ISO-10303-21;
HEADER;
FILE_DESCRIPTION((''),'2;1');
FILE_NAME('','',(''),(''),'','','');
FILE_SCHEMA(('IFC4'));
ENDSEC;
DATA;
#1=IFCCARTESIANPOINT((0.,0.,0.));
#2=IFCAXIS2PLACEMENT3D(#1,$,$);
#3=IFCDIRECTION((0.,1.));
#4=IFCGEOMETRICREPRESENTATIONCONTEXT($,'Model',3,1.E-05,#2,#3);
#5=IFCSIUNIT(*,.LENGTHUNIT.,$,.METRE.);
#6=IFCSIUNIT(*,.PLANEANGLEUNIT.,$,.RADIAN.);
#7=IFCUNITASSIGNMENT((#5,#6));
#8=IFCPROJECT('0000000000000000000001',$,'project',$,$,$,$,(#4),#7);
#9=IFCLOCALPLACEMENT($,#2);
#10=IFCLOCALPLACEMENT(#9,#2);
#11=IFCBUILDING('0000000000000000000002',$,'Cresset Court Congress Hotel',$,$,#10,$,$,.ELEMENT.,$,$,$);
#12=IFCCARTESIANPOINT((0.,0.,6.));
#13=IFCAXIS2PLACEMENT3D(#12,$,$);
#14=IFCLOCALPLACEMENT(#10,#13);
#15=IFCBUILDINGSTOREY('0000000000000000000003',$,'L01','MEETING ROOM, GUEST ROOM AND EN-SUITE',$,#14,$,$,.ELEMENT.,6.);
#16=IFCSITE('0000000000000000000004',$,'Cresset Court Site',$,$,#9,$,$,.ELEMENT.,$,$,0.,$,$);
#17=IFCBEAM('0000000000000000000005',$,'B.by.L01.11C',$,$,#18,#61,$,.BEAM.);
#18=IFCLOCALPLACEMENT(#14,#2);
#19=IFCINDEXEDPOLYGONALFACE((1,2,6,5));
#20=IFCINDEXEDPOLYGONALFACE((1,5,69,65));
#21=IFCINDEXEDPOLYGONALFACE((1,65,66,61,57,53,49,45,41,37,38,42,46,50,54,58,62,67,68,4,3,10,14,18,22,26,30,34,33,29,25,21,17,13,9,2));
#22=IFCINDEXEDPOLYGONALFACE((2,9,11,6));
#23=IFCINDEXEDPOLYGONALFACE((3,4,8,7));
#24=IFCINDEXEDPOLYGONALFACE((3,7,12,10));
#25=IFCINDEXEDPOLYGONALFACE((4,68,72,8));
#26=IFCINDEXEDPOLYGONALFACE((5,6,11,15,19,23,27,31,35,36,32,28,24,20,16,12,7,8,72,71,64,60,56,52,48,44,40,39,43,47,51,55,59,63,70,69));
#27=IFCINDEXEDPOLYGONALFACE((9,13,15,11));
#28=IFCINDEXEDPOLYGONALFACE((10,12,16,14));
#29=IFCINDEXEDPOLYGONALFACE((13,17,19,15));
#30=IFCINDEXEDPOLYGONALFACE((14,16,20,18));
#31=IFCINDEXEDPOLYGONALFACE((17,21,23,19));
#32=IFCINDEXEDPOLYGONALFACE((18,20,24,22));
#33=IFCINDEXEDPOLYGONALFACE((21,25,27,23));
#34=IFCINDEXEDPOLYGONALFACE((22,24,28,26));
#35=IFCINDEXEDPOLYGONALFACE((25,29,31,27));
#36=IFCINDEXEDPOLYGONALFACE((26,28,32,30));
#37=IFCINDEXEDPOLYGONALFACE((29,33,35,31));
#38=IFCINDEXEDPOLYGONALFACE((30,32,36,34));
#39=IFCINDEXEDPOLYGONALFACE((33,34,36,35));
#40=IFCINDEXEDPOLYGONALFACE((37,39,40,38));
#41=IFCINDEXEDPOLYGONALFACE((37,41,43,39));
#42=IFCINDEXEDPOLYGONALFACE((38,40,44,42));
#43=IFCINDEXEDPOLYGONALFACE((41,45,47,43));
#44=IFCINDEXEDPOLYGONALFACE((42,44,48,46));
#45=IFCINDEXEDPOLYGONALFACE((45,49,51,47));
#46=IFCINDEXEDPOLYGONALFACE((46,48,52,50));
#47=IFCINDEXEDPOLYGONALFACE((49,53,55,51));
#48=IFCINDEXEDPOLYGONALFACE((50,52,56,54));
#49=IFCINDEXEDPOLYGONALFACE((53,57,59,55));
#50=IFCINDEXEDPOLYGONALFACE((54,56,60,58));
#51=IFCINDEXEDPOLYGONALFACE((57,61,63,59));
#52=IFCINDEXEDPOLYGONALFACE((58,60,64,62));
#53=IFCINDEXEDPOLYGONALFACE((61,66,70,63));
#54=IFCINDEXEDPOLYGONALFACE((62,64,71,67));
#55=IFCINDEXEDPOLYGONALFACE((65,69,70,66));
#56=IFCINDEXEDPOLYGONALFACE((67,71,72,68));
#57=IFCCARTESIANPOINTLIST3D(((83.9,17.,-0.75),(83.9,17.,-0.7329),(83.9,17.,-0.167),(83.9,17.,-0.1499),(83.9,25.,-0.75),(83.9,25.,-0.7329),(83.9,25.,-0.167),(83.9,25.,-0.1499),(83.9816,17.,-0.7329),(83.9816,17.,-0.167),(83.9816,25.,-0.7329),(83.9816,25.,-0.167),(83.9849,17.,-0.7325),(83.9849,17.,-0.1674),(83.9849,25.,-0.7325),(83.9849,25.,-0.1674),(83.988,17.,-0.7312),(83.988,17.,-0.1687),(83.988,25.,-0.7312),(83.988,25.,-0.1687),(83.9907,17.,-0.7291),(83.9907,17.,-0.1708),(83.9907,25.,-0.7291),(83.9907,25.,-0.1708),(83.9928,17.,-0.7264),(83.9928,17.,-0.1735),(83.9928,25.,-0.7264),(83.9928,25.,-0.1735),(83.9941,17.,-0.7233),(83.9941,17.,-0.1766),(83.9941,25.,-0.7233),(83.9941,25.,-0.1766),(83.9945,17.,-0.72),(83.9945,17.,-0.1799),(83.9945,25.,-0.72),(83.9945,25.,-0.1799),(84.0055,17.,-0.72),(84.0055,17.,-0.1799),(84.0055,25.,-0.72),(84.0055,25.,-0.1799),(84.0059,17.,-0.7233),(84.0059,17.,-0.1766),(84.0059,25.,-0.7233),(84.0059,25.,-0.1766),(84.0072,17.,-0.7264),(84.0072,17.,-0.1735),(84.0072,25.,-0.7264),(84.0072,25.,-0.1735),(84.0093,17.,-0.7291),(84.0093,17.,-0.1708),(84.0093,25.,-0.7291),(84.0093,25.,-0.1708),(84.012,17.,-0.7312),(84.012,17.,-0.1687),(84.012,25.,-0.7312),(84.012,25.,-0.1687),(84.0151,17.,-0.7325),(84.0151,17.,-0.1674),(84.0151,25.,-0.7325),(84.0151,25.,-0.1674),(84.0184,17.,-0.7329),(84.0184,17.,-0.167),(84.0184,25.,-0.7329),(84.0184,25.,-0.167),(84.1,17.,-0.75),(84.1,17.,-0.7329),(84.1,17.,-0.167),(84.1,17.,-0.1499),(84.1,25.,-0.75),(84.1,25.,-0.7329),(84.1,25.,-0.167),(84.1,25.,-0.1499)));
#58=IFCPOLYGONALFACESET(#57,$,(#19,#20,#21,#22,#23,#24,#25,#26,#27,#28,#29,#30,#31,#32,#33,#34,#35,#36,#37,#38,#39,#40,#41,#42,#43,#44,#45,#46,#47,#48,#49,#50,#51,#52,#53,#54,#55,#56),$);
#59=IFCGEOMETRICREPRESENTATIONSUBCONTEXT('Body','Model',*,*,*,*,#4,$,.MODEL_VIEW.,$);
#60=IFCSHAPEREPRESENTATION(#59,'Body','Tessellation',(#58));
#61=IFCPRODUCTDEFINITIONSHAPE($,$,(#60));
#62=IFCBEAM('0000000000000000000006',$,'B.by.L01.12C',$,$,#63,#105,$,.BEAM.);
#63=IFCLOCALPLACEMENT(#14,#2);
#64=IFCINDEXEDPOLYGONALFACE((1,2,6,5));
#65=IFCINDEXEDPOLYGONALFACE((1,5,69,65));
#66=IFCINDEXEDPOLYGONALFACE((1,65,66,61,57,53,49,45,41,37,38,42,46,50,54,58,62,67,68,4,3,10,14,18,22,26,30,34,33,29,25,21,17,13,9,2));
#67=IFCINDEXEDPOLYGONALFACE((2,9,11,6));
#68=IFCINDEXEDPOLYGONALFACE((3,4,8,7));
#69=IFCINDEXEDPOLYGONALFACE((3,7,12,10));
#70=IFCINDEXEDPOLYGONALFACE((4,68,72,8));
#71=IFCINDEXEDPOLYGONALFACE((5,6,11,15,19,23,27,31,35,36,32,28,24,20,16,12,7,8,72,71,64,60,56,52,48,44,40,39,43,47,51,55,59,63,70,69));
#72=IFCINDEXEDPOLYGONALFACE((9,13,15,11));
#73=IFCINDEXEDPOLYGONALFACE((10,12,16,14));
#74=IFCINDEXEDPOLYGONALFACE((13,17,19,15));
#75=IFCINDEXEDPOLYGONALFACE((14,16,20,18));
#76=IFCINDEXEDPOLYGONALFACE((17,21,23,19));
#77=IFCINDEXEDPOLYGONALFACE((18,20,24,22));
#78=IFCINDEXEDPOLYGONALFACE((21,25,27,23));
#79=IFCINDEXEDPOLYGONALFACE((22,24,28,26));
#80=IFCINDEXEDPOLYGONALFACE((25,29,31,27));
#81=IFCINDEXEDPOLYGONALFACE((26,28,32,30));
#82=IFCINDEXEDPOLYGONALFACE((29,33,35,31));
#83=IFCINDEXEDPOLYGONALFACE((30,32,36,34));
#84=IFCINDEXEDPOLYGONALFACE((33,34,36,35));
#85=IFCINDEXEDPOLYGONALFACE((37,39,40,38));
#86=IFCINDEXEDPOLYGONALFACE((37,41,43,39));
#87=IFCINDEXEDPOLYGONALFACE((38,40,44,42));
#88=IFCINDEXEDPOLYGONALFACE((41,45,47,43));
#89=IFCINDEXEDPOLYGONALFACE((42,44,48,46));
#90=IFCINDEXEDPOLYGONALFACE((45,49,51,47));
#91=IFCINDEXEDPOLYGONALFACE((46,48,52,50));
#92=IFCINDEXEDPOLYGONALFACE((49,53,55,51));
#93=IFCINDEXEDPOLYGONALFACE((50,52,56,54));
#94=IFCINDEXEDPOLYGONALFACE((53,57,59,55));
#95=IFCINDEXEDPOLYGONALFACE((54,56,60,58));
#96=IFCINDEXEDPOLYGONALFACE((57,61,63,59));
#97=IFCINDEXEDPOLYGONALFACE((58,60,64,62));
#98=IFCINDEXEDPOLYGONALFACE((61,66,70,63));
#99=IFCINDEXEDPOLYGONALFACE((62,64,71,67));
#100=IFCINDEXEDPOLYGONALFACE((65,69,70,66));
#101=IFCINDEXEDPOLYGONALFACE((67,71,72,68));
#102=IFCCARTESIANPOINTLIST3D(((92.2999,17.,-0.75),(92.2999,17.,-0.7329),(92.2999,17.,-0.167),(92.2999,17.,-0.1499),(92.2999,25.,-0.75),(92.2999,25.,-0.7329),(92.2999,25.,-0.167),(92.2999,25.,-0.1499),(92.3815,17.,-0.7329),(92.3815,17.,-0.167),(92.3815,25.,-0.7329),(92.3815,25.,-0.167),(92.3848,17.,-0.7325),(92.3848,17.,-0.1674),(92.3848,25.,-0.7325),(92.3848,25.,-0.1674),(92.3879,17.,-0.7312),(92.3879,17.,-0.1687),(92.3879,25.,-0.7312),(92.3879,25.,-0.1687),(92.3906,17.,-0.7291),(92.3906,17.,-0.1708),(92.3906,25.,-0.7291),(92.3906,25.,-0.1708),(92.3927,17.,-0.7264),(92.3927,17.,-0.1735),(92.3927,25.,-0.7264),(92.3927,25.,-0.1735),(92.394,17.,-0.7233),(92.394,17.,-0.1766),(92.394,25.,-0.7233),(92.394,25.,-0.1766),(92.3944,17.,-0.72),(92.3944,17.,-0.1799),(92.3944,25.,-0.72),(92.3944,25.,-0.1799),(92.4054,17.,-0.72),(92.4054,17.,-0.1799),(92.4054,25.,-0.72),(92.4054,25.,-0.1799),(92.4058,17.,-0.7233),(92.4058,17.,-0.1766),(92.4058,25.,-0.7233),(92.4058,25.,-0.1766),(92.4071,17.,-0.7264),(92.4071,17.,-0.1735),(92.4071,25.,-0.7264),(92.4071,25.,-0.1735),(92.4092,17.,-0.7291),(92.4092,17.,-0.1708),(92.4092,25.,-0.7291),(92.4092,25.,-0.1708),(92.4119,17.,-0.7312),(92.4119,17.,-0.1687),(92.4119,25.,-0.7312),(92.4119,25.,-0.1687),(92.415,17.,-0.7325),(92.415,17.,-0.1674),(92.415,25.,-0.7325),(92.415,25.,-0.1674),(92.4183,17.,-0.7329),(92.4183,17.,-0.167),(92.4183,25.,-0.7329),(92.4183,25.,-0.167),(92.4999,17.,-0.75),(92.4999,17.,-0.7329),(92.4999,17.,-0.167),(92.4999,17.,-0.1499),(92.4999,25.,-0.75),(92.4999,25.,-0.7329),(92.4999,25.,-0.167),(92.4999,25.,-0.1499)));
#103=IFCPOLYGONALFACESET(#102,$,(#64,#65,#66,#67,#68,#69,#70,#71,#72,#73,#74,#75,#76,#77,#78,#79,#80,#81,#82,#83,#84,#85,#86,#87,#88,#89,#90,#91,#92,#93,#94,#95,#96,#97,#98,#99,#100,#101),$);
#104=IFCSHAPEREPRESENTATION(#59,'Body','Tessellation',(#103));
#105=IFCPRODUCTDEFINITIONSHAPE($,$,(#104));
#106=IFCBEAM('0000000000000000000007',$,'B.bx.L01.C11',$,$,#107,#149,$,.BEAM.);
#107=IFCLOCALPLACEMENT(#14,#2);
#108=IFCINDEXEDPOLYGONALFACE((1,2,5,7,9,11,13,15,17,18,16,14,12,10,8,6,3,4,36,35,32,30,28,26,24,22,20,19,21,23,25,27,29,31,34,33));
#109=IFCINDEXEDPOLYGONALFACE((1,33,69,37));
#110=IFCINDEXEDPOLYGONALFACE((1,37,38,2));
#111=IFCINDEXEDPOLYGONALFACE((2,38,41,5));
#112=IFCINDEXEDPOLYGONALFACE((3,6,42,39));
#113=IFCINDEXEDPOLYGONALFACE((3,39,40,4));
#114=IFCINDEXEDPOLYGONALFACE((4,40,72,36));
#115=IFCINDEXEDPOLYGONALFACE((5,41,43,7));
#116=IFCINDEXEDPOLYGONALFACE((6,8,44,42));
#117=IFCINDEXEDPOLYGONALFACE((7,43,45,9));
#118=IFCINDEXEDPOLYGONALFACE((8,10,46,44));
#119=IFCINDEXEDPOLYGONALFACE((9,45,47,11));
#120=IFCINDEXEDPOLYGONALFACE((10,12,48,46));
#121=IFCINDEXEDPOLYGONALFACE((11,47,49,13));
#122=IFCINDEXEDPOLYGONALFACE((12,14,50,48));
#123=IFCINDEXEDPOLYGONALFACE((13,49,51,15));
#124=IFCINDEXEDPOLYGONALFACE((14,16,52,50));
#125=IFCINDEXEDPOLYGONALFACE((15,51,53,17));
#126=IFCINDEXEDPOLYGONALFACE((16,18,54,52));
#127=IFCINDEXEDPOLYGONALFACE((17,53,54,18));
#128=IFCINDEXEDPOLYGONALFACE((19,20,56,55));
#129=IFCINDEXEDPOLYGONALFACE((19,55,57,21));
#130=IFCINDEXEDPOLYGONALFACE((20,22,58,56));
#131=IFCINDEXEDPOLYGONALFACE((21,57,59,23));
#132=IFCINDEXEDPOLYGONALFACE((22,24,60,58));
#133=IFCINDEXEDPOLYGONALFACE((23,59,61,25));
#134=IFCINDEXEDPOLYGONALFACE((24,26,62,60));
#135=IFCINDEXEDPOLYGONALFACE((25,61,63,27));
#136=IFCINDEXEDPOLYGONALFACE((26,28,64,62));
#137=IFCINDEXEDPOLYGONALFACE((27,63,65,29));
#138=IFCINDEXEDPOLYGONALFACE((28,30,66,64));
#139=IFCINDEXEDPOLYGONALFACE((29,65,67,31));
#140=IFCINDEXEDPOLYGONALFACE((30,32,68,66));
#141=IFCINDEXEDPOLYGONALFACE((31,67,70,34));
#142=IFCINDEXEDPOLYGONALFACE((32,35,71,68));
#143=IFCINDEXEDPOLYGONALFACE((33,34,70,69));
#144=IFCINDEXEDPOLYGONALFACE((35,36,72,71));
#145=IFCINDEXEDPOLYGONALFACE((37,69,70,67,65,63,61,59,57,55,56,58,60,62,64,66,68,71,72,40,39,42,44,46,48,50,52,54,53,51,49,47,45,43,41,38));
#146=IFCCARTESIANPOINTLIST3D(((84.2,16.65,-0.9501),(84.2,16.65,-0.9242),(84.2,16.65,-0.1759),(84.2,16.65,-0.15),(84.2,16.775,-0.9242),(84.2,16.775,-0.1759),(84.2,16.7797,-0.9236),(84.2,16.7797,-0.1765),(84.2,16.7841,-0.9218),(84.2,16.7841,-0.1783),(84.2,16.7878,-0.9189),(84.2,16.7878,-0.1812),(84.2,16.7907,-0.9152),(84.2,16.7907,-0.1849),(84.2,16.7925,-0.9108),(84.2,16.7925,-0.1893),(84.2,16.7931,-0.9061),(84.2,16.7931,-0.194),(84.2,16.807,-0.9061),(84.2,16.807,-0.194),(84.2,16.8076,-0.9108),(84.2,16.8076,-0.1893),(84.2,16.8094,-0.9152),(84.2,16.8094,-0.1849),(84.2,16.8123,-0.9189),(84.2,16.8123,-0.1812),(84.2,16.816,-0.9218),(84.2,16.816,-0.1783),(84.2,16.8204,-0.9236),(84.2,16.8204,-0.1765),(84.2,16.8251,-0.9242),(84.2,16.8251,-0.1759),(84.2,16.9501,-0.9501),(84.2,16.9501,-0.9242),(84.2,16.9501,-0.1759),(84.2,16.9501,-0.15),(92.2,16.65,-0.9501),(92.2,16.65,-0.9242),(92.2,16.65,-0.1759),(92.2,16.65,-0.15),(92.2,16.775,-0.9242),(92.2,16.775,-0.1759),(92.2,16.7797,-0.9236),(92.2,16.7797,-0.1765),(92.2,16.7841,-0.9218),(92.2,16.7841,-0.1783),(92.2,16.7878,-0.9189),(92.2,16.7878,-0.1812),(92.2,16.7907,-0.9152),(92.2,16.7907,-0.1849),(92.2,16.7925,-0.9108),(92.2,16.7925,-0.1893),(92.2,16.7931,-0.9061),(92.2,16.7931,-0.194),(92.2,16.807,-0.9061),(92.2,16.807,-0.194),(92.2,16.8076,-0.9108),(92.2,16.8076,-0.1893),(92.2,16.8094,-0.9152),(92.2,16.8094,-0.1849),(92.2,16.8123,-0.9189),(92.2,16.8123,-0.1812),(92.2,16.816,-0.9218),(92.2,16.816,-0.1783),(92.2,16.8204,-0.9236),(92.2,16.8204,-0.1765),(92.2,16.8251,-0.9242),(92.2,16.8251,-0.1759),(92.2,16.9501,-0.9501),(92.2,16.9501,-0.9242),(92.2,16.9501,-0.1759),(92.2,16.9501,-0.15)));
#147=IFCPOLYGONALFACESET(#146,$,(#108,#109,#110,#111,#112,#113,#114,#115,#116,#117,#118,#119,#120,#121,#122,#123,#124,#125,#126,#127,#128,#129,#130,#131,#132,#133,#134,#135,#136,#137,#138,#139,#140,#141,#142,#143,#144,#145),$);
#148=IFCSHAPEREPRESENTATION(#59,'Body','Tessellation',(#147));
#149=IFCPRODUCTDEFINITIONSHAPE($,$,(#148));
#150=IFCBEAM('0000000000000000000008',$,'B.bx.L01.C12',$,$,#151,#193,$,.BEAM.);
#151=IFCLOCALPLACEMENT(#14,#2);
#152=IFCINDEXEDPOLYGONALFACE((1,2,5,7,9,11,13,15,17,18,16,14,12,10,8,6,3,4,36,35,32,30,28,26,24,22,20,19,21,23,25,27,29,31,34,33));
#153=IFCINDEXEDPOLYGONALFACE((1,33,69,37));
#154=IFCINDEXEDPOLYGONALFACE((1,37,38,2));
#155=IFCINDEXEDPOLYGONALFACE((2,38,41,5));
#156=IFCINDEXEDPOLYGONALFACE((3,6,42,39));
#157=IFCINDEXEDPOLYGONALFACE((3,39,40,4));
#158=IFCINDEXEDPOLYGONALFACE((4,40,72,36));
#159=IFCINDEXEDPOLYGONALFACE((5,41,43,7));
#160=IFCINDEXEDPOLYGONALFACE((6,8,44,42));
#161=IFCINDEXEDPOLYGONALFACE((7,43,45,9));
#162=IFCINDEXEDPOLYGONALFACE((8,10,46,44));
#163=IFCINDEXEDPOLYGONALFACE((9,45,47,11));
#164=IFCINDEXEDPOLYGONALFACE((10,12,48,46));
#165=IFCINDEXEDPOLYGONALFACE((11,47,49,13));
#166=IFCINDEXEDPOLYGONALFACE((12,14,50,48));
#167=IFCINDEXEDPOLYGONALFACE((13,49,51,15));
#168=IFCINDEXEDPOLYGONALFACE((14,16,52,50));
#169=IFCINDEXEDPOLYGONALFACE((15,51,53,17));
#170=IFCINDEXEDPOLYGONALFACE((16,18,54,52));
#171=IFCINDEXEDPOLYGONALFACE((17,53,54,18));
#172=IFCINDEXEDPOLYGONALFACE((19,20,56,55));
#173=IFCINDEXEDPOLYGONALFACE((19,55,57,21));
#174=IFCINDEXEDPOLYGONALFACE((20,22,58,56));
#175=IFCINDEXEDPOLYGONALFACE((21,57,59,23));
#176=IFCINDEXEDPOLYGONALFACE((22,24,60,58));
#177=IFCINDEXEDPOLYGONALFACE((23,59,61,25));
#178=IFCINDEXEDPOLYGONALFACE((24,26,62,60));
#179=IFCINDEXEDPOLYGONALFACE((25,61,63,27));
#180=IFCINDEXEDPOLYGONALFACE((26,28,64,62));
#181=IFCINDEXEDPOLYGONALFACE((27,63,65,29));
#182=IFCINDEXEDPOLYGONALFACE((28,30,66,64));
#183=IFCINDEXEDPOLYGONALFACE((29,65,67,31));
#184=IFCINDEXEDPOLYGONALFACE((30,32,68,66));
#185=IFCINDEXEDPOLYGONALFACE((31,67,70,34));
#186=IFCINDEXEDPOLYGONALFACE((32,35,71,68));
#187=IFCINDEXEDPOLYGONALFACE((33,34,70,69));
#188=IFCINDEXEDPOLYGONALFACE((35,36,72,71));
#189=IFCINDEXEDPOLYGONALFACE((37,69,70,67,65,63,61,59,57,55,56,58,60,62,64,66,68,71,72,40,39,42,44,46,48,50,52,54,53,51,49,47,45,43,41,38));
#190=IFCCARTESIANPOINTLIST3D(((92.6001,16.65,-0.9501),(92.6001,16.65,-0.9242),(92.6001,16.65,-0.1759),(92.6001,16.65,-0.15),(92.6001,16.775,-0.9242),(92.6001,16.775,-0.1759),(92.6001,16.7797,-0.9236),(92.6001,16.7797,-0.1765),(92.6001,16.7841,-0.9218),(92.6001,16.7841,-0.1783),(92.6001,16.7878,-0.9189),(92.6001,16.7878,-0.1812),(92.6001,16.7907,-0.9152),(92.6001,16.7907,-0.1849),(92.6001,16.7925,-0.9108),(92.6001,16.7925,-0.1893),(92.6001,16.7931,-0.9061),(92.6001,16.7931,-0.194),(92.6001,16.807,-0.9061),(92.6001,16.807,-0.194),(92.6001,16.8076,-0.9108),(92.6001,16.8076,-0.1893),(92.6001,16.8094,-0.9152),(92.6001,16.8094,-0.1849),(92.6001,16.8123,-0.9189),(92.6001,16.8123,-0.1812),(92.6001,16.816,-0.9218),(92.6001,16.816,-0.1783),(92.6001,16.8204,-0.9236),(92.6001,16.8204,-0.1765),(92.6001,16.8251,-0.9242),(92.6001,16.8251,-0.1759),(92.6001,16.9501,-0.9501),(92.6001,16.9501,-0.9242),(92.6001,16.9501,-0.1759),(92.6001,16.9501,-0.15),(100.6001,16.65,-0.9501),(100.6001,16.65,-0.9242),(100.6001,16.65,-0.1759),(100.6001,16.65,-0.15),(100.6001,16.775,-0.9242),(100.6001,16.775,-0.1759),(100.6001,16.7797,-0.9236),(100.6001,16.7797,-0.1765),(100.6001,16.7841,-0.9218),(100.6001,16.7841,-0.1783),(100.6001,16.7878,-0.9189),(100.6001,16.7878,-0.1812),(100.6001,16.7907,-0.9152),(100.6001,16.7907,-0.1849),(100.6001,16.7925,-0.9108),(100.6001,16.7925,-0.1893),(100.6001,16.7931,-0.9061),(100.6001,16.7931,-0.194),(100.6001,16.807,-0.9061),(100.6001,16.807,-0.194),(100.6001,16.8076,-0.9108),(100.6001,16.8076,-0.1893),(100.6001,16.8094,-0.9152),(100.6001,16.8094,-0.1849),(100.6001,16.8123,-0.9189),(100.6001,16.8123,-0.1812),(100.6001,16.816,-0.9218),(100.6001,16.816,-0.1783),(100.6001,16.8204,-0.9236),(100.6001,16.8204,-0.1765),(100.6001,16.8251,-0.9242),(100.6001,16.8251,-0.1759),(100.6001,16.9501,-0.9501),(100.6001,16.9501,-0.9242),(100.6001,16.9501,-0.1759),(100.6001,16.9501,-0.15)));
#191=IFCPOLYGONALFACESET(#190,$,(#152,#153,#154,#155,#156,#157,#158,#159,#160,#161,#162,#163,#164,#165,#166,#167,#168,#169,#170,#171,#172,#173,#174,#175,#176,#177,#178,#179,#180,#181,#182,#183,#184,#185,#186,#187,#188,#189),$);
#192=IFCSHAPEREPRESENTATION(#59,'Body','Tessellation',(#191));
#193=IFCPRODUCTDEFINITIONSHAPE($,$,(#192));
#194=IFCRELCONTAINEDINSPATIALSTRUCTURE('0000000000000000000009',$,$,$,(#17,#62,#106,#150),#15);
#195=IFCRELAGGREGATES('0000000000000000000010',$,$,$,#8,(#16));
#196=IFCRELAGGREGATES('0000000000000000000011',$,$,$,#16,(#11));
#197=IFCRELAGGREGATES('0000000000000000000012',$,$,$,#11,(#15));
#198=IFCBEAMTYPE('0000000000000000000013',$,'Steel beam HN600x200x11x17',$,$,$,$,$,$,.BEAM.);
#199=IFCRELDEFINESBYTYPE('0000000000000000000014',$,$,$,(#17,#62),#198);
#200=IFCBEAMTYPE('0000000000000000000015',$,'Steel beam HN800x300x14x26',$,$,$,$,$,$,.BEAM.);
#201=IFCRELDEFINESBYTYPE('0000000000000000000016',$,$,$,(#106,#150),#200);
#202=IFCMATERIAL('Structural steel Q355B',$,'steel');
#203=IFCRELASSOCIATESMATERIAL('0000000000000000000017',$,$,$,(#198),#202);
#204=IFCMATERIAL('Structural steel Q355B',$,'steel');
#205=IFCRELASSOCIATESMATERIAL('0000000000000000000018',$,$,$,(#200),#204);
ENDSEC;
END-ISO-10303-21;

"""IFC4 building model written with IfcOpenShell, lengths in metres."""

from ifc_helpers import new_model, si_unit, direction, frame, origin, origin_2d, place, context, subcontext, project, spatial, i_section, extrude, material, material_profile, profile_set, type_object, element, save


model = new_model("IFC4")

# Units and contexts
model_context = context("Model", 3, precision=1e-05, world=origin(), true_north=direction((0.0, 1.0)))
body_context = subcontext(model_context, "Body", "Model", "MODEL_VIEW")
ifc_project = project(units=[si_unit("LENGTHUNIT", "METRE"), si_unit("PLANEANGLEUNIT", "RADIAN")], contexts=[model_context])

# Site, building, storey
site_placement = place(None, origin())
site = spatial("IfcSite", under=ifc_project, at=site_placement, Name="Cresset Court Site", CompositionType="ELEMENT", RefElevation=0.0)
building_placement = place(site_placement, origin())
building = spatial("IfcBuilding", under=site, at=building_placement, Name="Cresset Court Congress Hotel", CompositionType="ELEMENT")
storey_placement = place(building_placement, frame((0.0, 0.0, 6.0)))
storey = spatial("IfcBuildingStorey", under=building, at=storey_placement, Name="L01", Description="MEETING ROOM, GUEST ROOM AND EN-SUITE", CompositionType="ELEMENT", Elevation=6.0)

# Beams
ifc_material_1 = material(Name="Structural steel Q355B", Category="steel")
ifc_material_profile_1 = material_profile(ifc_material_1, i_section(OverallWidth=0.2, OverallDepth=0.6001, WebThickness=0.011, FlangeThickness=0.0171, FilletRadius=0.0129, at=origin_2d()), Name="HN600x200x11x17")
ifc_profile_set_1 = profile_set([ifc_material_profile_1], Name="Structural steel Q355B")
beam_type_1 = type_object("IfcBeamType", Name="Steel beam HN600x200x11x17", PredefinedType="BEAM", material=ifc_profile_set_1)
for number, where, z_axis, x_axis, name in (
    (1, (84.0, 17.0, -0.45), (0.0, 1.0, 0.0), (-1.0, 0.0, 0.0), "B.by.L01.11C"),
    (2, (92.3999, 17.0, -0.45), (0.0, 1.0, 0.0), (-1.0, 0.0, 0.0), "B.by.L01.12C"),
):
    element("IfcBeam", number, at=place(storey_placement, frame(where, z_axis=z_axis, x_axis=x_axis)), inside=storey, type_object=beam_type_1, Name=name, PredefinedType="BEAM", context=body_context, shape_type="SweptSolid", body=[
        extrude(i_section(OverallWidth=0.2, OverallDepth=0.6001, WebThickness=0.011, FlangeThickness=0.0171, FilletRadius=0.0129, at=origin_2d()), origin(), (0.0, 0.0, 1.0), 8.0),
    ])
ifc_material_2 = material(Name="Structural steel Q355B", Category="steel")
ifc_material_profile_2 = material_profile(ifc_material_2, i_section(OverallWidth=0.3, OverallDepth=0.8, WebThickness=0.0139, FlangeThickness=0.0259, FilletRadius=0.0181, at=origin_2d()), Name="HN800x300x14x26")
ifc_profile_set_2 = profile_set([ifc_material_profile_2], Name="Structural steel Q355B")
beam_type_2 = type_object("IfcBeamType", Name="Steel beam HN800x300x14x26", PredefinedType="BEAM", material=ifc_profile_set_2)
for number, where, z_axis, x_axis, name in (
    (3, (84.2, 16.8, -0.55), (1.0, 0.0, 0.0), (0.0, 1.0, 0.0), "B.bx.L01.C11"),
    (4, (92.6001, 16.8, -0.55), (1.0, 0.0, 0.0), (0.0, 1.0, 0.0), "B.bx.L01.C12"),
):
    element("IfcBeam", number, at=place(storey_placement, frame(where, z_axis=z_axis, x_axis=x_axis)), inside=storey, type_object=beam_type_2, Name=name, PredefinedType="BEAM", context=body_context, shape_type="SweptSolid", body=[
        extrude(i_section(OverallWidth=0.3, OverallDepth=0.8, WebThickness=0.0139, FlangeThickness=0.0259, FilletRadius=0.0181, at=origin_2d()), origin(), (0.0, 0.0, 1.0), 8.0),
    ])

save(model, "model.ifc")
